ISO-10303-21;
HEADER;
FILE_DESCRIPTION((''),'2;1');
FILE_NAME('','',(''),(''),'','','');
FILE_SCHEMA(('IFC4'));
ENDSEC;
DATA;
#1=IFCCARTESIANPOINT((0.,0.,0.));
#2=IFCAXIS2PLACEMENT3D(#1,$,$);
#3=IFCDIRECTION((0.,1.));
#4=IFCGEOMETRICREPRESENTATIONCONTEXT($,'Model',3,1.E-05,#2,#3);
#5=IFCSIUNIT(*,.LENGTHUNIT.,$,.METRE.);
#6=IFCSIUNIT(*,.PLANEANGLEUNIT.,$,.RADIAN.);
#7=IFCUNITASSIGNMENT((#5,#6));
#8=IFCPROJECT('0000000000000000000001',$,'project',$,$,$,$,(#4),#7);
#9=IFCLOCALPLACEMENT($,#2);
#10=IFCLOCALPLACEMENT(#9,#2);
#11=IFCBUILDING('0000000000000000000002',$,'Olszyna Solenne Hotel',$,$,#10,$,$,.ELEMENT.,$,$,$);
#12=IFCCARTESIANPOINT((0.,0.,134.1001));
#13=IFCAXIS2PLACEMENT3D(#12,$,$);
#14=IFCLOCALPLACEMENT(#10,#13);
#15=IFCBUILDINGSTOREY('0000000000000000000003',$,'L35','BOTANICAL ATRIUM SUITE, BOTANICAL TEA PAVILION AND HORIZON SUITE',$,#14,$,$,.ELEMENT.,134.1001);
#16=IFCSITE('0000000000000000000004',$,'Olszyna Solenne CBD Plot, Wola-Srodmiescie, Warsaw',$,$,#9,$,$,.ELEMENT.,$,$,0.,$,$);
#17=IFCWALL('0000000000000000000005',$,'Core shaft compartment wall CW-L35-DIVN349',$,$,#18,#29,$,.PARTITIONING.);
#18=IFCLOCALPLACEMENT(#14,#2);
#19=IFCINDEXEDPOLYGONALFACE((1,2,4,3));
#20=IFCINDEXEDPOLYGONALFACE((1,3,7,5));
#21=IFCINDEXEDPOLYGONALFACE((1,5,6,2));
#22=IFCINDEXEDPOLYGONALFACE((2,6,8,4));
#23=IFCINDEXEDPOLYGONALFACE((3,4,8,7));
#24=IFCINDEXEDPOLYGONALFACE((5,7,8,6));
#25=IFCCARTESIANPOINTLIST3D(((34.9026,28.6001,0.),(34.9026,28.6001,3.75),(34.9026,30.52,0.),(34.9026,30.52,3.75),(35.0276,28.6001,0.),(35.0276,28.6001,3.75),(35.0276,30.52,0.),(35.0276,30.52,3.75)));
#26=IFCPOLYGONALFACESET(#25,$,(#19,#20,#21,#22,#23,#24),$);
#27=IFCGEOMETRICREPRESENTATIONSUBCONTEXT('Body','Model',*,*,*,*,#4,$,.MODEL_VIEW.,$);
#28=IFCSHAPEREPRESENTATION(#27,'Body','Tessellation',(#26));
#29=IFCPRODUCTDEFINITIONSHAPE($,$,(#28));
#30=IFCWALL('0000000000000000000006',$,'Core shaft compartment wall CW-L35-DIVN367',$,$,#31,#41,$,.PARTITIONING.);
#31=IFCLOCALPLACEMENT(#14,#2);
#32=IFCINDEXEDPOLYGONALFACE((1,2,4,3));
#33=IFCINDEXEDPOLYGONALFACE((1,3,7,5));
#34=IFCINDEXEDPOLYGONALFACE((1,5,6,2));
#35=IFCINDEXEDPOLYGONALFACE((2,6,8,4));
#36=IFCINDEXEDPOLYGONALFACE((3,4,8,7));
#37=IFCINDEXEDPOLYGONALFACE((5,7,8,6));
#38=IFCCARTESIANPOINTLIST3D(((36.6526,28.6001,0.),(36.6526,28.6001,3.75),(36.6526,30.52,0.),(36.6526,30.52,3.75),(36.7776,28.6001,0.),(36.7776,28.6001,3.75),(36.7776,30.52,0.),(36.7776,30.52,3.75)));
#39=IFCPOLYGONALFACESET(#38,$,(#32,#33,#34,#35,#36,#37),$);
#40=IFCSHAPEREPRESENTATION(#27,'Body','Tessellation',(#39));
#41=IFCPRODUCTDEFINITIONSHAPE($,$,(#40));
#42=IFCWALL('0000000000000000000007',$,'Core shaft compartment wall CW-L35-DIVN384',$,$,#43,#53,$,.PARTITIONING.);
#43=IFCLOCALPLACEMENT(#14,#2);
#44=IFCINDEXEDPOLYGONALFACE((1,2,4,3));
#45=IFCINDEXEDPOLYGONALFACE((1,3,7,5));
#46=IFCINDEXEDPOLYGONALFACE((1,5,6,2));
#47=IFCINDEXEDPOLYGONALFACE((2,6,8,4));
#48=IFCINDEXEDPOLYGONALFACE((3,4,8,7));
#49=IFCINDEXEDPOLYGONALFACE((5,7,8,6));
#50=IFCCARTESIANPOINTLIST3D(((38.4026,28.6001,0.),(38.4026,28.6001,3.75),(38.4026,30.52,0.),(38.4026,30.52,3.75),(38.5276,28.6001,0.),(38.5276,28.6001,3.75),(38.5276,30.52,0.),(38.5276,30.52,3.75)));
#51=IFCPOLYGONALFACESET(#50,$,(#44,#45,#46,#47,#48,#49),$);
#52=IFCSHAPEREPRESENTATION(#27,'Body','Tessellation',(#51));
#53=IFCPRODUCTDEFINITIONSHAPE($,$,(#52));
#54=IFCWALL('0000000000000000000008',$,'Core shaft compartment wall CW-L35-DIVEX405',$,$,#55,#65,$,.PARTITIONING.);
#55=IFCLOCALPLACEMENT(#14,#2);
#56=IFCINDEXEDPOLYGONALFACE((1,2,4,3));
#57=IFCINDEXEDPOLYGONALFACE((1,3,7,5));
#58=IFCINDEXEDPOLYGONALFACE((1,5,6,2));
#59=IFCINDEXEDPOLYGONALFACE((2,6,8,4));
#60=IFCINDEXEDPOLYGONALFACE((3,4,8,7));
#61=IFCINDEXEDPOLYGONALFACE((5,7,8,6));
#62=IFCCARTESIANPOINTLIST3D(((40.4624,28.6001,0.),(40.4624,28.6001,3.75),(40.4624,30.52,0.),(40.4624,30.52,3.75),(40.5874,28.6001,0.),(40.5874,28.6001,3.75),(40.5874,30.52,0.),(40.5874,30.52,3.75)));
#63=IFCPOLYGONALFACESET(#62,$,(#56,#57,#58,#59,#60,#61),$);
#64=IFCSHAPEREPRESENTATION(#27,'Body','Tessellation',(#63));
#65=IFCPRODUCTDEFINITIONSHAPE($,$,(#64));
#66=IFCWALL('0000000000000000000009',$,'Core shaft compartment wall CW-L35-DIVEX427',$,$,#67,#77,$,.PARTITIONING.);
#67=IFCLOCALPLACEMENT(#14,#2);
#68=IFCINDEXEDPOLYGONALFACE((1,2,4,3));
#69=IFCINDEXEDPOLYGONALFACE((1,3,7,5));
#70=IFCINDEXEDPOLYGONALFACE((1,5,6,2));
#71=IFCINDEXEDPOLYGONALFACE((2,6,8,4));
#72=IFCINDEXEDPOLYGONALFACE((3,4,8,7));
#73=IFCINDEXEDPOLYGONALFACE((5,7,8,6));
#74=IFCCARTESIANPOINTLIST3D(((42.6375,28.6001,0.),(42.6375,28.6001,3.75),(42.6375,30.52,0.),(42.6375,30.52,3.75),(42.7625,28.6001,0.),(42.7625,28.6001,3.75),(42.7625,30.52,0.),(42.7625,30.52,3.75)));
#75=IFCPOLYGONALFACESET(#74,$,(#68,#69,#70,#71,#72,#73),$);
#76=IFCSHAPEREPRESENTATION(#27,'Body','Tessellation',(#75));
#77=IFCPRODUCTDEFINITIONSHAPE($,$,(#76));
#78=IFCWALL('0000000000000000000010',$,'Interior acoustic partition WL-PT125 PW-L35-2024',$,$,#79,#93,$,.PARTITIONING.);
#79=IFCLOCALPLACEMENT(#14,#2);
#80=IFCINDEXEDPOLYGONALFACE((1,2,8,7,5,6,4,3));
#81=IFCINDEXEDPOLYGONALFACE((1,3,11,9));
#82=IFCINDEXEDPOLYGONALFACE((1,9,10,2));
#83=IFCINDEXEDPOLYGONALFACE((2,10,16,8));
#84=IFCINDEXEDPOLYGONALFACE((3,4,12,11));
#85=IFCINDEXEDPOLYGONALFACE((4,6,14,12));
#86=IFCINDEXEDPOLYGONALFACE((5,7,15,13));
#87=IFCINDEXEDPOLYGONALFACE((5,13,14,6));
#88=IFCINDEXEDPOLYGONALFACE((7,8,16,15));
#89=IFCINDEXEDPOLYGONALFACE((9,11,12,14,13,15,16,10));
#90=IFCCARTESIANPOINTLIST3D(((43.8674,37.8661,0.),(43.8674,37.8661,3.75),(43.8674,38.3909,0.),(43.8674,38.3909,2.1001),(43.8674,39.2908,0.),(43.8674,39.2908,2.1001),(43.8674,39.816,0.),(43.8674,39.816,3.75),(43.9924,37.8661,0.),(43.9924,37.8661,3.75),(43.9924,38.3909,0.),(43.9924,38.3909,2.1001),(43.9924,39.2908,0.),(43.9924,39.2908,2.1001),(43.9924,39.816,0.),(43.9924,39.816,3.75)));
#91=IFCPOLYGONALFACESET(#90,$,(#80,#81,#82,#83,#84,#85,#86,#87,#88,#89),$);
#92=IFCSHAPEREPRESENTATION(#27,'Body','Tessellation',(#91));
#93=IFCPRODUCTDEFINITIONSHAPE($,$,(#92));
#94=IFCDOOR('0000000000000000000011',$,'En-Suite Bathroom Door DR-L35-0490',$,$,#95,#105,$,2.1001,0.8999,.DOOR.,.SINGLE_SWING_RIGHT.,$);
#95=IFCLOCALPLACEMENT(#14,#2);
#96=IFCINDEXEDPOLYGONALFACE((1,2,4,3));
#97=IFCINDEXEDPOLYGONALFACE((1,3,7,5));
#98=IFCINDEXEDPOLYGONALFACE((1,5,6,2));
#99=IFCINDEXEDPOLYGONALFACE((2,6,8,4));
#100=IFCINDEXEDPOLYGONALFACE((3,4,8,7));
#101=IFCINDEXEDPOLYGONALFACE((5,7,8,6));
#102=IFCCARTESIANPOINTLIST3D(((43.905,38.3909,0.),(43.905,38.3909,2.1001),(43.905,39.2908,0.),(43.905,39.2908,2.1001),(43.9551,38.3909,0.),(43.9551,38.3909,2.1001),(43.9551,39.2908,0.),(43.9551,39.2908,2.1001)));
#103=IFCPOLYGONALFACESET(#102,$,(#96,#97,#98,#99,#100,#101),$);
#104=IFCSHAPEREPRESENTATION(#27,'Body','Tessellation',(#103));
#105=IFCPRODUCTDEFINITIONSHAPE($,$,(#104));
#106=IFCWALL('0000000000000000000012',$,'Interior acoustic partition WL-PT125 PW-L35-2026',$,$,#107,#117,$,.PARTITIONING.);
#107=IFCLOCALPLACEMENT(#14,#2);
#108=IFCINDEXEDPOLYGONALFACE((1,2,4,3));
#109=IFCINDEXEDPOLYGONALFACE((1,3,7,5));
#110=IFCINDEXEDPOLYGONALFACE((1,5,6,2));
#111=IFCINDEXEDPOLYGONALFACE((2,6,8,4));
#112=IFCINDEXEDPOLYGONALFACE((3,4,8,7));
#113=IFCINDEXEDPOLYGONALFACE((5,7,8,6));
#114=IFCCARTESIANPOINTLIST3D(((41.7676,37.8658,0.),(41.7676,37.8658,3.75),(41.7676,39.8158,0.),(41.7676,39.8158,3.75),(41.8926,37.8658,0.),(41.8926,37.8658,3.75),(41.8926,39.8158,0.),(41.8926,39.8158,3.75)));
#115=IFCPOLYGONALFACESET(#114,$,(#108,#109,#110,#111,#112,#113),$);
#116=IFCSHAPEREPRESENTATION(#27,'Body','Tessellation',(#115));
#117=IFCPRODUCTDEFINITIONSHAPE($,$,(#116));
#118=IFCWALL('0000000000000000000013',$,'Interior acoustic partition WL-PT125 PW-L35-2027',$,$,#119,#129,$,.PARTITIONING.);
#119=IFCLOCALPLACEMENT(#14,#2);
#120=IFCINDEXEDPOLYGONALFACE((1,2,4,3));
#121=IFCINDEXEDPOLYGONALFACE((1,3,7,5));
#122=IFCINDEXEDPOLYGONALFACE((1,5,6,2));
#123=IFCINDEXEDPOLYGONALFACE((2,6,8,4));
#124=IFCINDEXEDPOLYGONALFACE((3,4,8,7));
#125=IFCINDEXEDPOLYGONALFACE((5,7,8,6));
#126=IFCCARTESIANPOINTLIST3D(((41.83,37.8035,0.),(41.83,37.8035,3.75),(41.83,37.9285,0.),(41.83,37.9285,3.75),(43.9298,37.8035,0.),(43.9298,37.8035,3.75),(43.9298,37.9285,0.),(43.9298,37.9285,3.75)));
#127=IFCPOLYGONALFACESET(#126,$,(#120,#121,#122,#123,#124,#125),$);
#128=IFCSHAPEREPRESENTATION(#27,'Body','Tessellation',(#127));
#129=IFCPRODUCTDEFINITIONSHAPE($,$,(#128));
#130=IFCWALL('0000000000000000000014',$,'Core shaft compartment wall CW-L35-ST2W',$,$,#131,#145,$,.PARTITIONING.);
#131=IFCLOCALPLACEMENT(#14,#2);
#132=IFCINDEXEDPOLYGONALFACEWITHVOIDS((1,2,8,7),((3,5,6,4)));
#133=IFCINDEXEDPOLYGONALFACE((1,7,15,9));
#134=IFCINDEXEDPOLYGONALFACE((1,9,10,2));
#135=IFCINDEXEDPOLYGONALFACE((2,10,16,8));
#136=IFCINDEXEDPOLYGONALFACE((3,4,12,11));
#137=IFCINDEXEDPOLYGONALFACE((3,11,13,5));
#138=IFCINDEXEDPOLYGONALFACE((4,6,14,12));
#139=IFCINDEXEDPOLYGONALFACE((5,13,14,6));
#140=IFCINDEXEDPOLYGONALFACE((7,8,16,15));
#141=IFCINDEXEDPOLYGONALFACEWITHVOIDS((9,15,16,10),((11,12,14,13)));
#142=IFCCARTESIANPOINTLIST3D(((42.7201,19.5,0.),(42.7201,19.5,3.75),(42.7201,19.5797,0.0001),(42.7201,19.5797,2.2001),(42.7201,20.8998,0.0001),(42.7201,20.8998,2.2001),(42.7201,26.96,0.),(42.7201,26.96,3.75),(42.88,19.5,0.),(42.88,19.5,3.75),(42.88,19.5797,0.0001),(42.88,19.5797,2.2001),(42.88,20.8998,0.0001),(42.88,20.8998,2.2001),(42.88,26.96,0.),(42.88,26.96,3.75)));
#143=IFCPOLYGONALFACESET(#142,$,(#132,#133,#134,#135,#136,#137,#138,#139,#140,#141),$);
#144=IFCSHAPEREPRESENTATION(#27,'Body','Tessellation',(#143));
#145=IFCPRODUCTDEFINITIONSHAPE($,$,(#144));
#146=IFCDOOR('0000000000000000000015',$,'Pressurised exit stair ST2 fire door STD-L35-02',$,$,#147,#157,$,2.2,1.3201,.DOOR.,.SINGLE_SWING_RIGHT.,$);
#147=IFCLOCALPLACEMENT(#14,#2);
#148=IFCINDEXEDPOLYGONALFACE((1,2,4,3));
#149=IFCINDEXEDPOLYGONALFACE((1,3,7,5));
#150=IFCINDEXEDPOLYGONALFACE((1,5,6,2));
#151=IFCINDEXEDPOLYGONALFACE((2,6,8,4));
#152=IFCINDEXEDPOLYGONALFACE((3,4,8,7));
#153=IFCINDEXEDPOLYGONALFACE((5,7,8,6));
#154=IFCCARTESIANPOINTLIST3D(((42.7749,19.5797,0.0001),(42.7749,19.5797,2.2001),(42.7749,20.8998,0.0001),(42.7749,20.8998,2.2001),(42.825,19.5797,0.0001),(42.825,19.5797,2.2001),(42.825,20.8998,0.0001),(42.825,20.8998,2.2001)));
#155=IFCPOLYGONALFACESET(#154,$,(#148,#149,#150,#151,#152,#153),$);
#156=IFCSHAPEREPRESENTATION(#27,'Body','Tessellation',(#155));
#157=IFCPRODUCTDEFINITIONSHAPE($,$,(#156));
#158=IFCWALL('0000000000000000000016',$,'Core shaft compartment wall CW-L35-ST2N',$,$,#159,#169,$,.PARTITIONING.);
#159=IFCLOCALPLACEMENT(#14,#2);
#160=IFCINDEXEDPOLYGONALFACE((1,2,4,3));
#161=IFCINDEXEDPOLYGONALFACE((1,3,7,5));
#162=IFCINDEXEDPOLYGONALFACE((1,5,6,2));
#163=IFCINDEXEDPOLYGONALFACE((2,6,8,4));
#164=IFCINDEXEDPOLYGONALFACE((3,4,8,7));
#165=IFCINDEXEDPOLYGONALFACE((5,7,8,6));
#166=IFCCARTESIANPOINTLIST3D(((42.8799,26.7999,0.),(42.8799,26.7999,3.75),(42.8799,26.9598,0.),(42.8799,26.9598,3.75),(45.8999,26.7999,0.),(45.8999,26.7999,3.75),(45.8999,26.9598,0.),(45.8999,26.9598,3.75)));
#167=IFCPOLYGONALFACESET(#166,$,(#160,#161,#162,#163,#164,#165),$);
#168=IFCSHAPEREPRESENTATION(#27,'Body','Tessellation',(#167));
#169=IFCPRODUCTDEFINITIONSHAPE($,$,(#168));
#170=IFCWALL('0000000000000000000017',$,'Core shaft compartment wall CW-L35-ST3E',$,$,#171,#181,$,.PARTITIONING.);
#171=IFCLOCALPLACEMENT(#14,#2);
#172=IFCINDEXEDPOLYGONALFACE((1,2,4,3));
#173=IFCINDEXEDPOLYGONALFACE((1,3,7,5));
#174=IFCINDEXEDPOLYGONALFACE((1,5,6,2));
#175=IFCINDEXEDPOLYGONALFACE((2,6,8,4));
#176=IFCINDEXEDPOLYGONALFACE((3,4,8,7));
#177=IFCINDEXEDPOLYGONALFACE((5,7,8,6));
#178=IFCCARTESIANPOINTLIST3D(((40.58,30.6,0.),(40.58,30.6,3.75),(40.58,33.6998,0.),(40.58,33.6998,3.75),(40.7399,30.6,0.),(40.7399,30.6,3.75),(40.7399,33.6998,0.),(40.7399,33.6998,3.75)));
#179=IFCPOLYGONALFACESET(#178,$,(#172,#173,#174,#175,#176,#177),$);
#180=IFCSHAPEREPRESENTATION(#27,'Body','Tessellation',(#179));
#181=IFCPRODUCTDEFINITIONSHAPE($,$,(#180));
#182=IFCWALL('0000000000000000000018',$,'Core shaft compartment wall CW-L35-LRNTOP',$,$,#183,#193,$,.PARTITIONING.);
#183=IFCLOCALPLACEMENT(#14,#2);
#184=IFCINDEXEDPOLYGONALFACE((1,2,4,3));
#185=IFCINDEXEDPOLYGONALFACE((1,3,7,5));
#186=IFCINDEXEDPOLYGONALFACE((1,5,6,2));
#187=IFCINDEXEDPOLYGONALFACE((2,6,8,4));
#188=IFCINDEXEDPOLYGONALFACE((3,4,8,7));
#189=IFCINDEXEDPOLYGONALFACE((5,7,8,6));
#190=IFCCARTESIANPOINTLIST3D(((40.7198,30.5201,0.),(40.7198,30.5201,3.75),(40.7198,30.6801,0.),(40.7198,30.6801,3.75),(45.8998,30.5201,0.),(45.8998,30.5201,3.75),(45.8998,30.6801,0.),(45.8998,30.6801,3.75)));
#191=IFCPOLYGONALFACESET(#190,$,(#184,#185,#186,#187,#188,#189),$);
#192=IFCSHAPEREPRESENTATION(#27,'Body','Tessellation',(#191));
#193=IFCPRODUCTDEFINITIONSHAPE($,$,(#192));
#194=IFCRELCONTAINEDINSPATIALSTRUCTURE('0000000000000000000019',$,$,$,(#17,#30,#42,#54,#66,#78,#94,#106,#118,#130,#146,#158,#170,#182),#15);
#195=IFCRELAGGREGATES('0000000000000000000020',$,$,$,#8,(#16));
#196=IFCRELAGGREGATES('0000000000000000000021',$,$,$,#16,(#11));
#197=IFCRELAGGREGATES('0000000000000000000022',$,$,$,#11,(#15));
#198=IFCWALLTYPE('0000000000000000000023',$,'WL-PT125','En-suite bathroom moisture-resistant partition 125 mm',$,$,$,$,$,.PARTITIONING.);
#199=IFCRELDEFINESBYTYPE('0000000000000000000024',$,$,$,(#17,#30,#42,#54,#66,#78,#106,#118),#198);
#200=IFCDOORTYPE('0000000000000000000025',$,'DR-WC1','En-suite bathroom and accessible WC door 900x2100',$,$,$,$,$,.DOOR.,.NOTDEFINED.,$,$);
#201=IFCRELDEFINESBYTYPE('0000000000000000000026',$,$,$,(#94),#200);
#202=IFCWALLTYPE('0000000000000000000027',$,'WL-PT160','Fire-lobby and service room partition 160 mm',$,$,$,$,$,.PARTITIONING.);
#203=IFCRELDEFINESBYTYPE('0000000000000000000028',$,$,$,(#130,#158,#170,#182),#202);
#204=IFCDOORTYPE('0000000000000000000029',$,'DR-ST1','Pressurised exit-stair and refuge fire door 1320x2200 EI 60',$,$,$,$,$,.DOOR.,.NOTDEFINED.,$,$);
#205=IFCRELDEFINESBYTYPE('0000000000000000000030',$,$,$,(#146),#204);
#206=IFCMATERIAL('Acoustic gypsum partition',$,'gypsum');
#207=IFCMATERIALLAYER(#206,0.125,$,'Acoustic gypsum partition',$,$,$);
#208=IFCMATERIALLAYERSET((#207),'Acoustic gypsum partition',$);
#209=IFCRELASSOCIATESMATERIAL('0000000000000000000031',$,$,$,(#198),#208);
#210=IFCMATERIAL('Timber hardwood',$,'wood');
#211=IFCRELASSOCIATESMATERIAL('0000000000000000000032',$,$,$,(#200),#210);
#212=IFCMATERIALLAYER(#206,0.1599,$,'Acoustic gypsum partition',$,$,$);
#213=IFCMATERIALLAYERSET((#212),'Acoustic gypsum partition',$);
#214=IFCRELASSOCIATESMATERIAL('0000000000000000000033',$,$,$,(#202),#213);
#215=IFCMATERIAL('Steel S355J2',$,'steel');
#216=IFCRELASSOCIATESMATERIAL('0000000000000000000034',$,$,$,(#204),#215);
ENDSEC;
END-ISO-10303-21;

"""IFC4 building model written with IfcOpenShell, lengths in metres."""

from ifc_helpers import new_model, si_unit, direction, frame, frame_2d, origin, place, context, subcontext, project, spatial, rectangle, extrude, source, transform, mapped, material, layer, layer_set, type_object, type_shapes, element, fill, save


model = new_model("IFC4")

# Units and contexts
model_context = context("Model", 3, precision=1e-05, world=origin(), true_north=direction((0.0, 1.0)))
body_context = subcontext(model_context, "Body", "Model", "MODEL_VIEW")
ifc_project = project(units=[si_unit("LENGTHUNIT", "METRE"), si_unit("PLANEANGLEUNIT", "RADIAN")], contexts=[model_context])

# Site, building, storey
site_placement = place(None, origin())
site = spatial("IfcSite", under=ifc_project, at=site_placement, Name="Olszyna Solenne CBD Plot, Wola-Srodmiescie, Warsaw", CompositionType="ELEMENT", RefElevation=0.0)
building_placement = place(site_placement, origin())
building = spatial("IfcBuilding", under=site, at=building_placement, Name="Olszyna Solenne Hotel", CompositionType="ELEMENT")
storey_placement = place(building_placement, frame((0.0, 0.0, 134.1001)))
storey = spatial("IfcBuildingStorey", under=building, at=storey_placement, Name="L35", Description="BOTANICAL ATRIUM SUITE, BOTANICAL TEA PAVILION AND HORIZON SUITE", CompositionType="ELEMENT", Elevation=134.1001)

# Shared definitions
ifc_material_1 = material(Name="Steel S355J2", Category="steel")

# Walls
ifc_material_2 = material(Name="Acoustic gypsum partition", Category="gypsum")
ifc_layer_1 = layer(ifc_material_2, 0.125, Name="Acoustic gypsum partition")
ifc_layer_set_1 = layer_set([ifc_layer_1], Name="Acoustic gypsum partition")
wall_type_1 = type_object("IfcWallType", Name="WL-PT125", Description="En-suite bathroom moisture-resistant partition 125 mm", PredefinedType="PARTITIONING", material=ifc_layer_set_1)
for number, where, z_axis, x_axis, name in (
    (1, (34.9651, 28.6001, 0.0), (0.0, 0.0, 1.0), (0.0, 1.0, 0.0), "Core shaft compartment wall CW-L35-DIVN349"),
    (2, (36.7151, 28.6001, 0.0), (0.0, 0.0, 1.0), (0.0, 1.0, 0.0), "Core shaft compartment wall CW-L35-DIVN367"),
    (3, (38.4651, 28.6001, 0.0), (0.0, 0.0, 1.0), (0.0, 1.0, 0.0), "Core shaft compartment wall CW-L35-DIVN384"),
    (4, (40.5249, 28.6001, 0.0), (0.0, 0.0, 1.0), (0.0, 1.0, 0.0), "Core shaft compartment wall CW-L35-DIVEX405"),
    (5, (42.7, 28.6001, 0.0), (0.0, 0.0, 1.0), (0.0, 1.0, 0.0), "Core shaft compartment wall CW-L35-DIVEX427"),
):
    element("IfcWall", number, at=place(storey_placement, frame(where, z_axis=z_axis, x_axis=x_axis)), inside=storey, type_object=wall_type_1, Name=name, PredefinedType="PARTITIONING", context=body_context, shape_type="SweptSolid", body=[
        extrude(rectangle(XDim=1.9199, YDim=0.125, at=frame_2d((0.96, 0.0))), origin(), (0.0, 0.0, 1.0), 3.75),
    ])

# Wall, opening, door
wall_1_placement = place(storey_placement, frame((43.9299, 37.866, 0.0), z_axis=(0.0, 0.0, 1.0), x_axis=(0.0, 1.0, 0.0)))
wall_1 = element("IfcWall", 6, at=wall_1_placement, inside=storey, type_object=wall_type_1, Name="Interior acoustic partition WL-PT125 PW-L35-2024", PredefinedType="PARTITIONING", context=body_context, shape_type="SweptSolid", body=[
    extrude(rectangle(XDim=1.95, YDim=0.125, at=frame_2d((0.9751, 0.0))), origin(), (0.0, 0.0, 1.0), 3.75),
])
opening_1_placement = place(wall_1_placement, frame((0.5249, 0.0, 0.0)))
opening_1 = element("IfcOpeningElement", 7, at=opening_1_placement, cuts=wall_1, PredefinedType="OPENING", context=body_context, shape_type="SweptSolid", body=[
    extrude(rectangle(XDim=0.8999, YDim=2.1001, at=frame_2d((0.45, 1.05))), frame((0.0, 0.0725, 0.0), z_axis=(0.0, -1.0, 0.0), x_axis=(1.0, 0.0, 0.0)), (0.0, 0.0, 1.0), 0.145),
])
ifc_material_3 = material(Name="Timber hardwood", Category="wood")
door_type_1 = type_object("IfcDoorType", Name="DR-WC1", Description="En-suite bathroom and accessible WC door 900x2100", OperationType="NOTDEFINED", PredefinedType="DOOR", material=ifc_material_3)
shared_shape_1 = source(origin(), body_context, "Body", "SweptSolid", [
    extrude(rectangle(XDim=0.8999, YDim=2.1001, at=frame_2d((0.45, 1.05))), frame((0.0, 0.0249, 0.0), z_axis=(0.0, -1.0, 0.0), x_axis=(1.0, 0.0, 0.0)), (0.0, 0.0, 1.0), 0.05),
])
type_shapes(door_type_1, [shared_shape_1])
door_1_placement = place(opening_1_placement, origin())
door_1 = element("IfcDoor", 8, at=door_1_placement, inside=storey, type_object=door_type_1, Name="En-Suite Bathroom Door DR-L35-0490", OperationType="SINGLE_SWING_RIGHT", OverallHeight=2.1001, OverallWidth=0.8999, PredefinedType="DOOR", context=body_context, shape_type="MappedRepresentation", body=[
    mapped(shared_shape_1, transform((0.0, 0.0, 0.0), x_axis=(1.0, 0.0, 0.0), y_axis=(0.0, 1.0, 0.0), z_axis=(0.0, 0.0, 1.0), scale=1.0)),
])
fill(opening_1, door_1)

# Walls
wall_2_placement = place(storey_placement, frame((41.8301, 39.8159, 0.0), z_axis=(0.0, 0.0, 1.0), x_axis=(0.0, -1.0, 0.0)))
element("IfcWall", 9, at=wall_2_placement, inside=storey, type_object=wall_type_1, Name="Interior acoustic partition WL-PT125 PW-L35-2026", PredefinedType="PARTITIONING", context=body_context, shape_type="SweptSolid", body=[
    extrude(rectangle(XDim=1.95, YDim=0.125, at=frame_2d((0.9751, 0.0))), origin(), (0.0, 0.0, 1.0), 3.75),
])
wall_3_placement = place(storey_placement, frame((41.8301, 37.866, 0.0), z_axis=(0.0, 0.0, 1.0), x_axis=(1.0, 0.0, 0.0)))
element("IfcWall", 10, at=wall_3_placement, inside=storey, type_object=wall_type_1, Name="Interior acoustic partition WL-PT125 PW-L35-2027", PredefinedType="PARTITIONING", context=body_context, shape_type="SweptSolid", body=[
    extrude(rectangle(XDim=2.0999, YDim=0.125, at=frame_2d((1.0498, 0.0))), origin(), (0.0, 0.0, 1.0), 3.75),
])

# Wall, opening, door
ifc_layer_2 = layer(ifc_material_2, 0.1599, Name="Acoustic gypsum partition")
ifc_layer_set_2 = layer_set([ifc_layer_2], Name="Acoustic gypsum partition")
wall_type_2 = type_object("IfcWallType", Name="WL-PT160", Description="Fire-lobby and service room partition 160 mm", PredefinedType="PARTITIONING", material=ifc_layer_set_2)
wall_4_placement = place(storey_placement, frame((42.8, 26.96, 0.0), z_axis=(0.0, 0.0, 1.0), x_axis=(0.0, -1.0, 0.0)))
wall_4 = element("IfcWall", 11, at=wall_4_placement, inside=storey, type_object=wall_type_2, Name="Core shaft compartment wall CW-L35-ST2W", PredefinedType="PARTITIONING", context=body_context, shape_type="SweptSolid", body=[
    extrude(rectangle(XDim=7.46, YDim=0.1599, at=frame_2d((3.73, 0.0))), origin(), (0.0, 0.0, 1.0), 3.75),
])
opening_2_placement = place(wall_4_placement, frame((6.0601, 0.0, 0.0)))
opening_2 = element("IfcOpeningElement", 12, at=opening_2_placement, cuts=wall_4, PredefinedType="OPENING", context=body_context, shape_type="SweptSolid", body=[
    extrude(rectangle(XDim=1.3201, YDim=2.2, at=frame_2d((0.6602, 1.1001))), frame((0.0, 0.0898, 0.0), z_axis=(0.0, -1.0, 0.0), x_axis=(1.0, 0.0, 0.0)), (0.0, 0.0, 1.0), 0.1799),
])
door_type_2 = type_object("IfcDoorType", Name="DR-ST1", Description="Pressurised exit-stair and refuge fire door 1320x2200 EI 60", OperationType="NOTDEFINED", PredefinedType="DOOR", material=ifc_material_1)
shared_shape_2 = source(origin(), body_context, "Body", "SweptSolid", [
    extrude(rectangle(XDim=1.3201, YDim=2.2, at=frame_2d((0.6602, 1.1001))), frame((0.0, 0.0249, 0.0), z_axis=(0.0, -1.0, 0.0), x_axis=(1.0, 0.0, 0.0)), (0.0, 0.0, 1.0), 0.05),
])
type_shapes(door_type_2, [shared_shape_2])
door_2_placement = place(opening_2_placement, origin())
door_2 = element("IfcDoor", 13, at=door_2_placement, inside=storey, type_object=door_type_2, Name="Pressurised exit stair ST2 fire door STD-L35-02", OperationType="SINGLE_SWING_RIGHT", OverallHeight=2.2, OverallWidth=1.3201, PredefinedType="DOOR", context=body_context, shape_type="MappedRepresentation", body=[
    mapped(shared_shape_2, transform((0.0, 0.0, 0.0), x_axis=(1.0, 0.0, 0.0), y_axis=(0.0, 1.0, 0.0), z_axis=(0.0, 0.0, 1.0), scale=1.0)),
])
fill(opening_2, door_2)

# Walls
wall_5_placement = place(storey_placement, frame((42.8799, 26.8799, 0.0), z_axis=(0.0, 0.0, 1.0), x_axis=(1.0, 0.0, 0.0)))
element("IfcWall", 14, at=wall_5_placement, inside=storey, type_object=wall_type_2, Name="Core shaft compartment wall CW-L35-ST2N", PredefinedType="PARTITIONING", context=body_context, shape_type="SweptSolid", body=[
    extrude(rectangle(XDim=3.02, YDim=0.1599, at=frame_2d((1.51, 0.0))), origin(), (0.0, 0.0, 1.0), 3.75),
])
wall_6_placement = place(storey_placement, frame((40.6599, 30.6001, 0.0), z_axis=(0.0, 0.0, 1.0), x_axis=(0.0, 1.0, 0.0)))
element("IfcWall", 15, at=wall_6_placement, inside=storey, type_object=wall_type_2, Name="Core shaft compartment wall CW-L35-ST3E", PredefinedType="PARTITIONING", context=body_context, shape_type="SweptSolid", body=[
    extrude(rectangle(XDim=3.0999, YDim=0.1599, at=frame_2d((1.5498, 0.0))), origin(), (0.0, 0.0, 1.0), 3.75),
])
wall_7_placement = place(storey_placement, frame((40.72, 30.6001, 0.0), z_axis=(0.0, 0.0, 1.0), x_axis=(1.0, 0.0, 0.0)))
element("IfcWall", 16, at=wall_7_placement, inside=storey, type_object=wall_type_2, Name="Core shaft compartment wall CW-L35-LRNTOP", PredefinedType="PARTITIONING", context=body_context, shape_type="SweptSolid", body=[
    extrude(rectangle(XDim=5.1799, YDim=0.1599, at=frame_2d((2.5898, 0.0))), origin(), (0.0, 0.0, 1.0), 3.75),
])

save(model, "model.ifc")
